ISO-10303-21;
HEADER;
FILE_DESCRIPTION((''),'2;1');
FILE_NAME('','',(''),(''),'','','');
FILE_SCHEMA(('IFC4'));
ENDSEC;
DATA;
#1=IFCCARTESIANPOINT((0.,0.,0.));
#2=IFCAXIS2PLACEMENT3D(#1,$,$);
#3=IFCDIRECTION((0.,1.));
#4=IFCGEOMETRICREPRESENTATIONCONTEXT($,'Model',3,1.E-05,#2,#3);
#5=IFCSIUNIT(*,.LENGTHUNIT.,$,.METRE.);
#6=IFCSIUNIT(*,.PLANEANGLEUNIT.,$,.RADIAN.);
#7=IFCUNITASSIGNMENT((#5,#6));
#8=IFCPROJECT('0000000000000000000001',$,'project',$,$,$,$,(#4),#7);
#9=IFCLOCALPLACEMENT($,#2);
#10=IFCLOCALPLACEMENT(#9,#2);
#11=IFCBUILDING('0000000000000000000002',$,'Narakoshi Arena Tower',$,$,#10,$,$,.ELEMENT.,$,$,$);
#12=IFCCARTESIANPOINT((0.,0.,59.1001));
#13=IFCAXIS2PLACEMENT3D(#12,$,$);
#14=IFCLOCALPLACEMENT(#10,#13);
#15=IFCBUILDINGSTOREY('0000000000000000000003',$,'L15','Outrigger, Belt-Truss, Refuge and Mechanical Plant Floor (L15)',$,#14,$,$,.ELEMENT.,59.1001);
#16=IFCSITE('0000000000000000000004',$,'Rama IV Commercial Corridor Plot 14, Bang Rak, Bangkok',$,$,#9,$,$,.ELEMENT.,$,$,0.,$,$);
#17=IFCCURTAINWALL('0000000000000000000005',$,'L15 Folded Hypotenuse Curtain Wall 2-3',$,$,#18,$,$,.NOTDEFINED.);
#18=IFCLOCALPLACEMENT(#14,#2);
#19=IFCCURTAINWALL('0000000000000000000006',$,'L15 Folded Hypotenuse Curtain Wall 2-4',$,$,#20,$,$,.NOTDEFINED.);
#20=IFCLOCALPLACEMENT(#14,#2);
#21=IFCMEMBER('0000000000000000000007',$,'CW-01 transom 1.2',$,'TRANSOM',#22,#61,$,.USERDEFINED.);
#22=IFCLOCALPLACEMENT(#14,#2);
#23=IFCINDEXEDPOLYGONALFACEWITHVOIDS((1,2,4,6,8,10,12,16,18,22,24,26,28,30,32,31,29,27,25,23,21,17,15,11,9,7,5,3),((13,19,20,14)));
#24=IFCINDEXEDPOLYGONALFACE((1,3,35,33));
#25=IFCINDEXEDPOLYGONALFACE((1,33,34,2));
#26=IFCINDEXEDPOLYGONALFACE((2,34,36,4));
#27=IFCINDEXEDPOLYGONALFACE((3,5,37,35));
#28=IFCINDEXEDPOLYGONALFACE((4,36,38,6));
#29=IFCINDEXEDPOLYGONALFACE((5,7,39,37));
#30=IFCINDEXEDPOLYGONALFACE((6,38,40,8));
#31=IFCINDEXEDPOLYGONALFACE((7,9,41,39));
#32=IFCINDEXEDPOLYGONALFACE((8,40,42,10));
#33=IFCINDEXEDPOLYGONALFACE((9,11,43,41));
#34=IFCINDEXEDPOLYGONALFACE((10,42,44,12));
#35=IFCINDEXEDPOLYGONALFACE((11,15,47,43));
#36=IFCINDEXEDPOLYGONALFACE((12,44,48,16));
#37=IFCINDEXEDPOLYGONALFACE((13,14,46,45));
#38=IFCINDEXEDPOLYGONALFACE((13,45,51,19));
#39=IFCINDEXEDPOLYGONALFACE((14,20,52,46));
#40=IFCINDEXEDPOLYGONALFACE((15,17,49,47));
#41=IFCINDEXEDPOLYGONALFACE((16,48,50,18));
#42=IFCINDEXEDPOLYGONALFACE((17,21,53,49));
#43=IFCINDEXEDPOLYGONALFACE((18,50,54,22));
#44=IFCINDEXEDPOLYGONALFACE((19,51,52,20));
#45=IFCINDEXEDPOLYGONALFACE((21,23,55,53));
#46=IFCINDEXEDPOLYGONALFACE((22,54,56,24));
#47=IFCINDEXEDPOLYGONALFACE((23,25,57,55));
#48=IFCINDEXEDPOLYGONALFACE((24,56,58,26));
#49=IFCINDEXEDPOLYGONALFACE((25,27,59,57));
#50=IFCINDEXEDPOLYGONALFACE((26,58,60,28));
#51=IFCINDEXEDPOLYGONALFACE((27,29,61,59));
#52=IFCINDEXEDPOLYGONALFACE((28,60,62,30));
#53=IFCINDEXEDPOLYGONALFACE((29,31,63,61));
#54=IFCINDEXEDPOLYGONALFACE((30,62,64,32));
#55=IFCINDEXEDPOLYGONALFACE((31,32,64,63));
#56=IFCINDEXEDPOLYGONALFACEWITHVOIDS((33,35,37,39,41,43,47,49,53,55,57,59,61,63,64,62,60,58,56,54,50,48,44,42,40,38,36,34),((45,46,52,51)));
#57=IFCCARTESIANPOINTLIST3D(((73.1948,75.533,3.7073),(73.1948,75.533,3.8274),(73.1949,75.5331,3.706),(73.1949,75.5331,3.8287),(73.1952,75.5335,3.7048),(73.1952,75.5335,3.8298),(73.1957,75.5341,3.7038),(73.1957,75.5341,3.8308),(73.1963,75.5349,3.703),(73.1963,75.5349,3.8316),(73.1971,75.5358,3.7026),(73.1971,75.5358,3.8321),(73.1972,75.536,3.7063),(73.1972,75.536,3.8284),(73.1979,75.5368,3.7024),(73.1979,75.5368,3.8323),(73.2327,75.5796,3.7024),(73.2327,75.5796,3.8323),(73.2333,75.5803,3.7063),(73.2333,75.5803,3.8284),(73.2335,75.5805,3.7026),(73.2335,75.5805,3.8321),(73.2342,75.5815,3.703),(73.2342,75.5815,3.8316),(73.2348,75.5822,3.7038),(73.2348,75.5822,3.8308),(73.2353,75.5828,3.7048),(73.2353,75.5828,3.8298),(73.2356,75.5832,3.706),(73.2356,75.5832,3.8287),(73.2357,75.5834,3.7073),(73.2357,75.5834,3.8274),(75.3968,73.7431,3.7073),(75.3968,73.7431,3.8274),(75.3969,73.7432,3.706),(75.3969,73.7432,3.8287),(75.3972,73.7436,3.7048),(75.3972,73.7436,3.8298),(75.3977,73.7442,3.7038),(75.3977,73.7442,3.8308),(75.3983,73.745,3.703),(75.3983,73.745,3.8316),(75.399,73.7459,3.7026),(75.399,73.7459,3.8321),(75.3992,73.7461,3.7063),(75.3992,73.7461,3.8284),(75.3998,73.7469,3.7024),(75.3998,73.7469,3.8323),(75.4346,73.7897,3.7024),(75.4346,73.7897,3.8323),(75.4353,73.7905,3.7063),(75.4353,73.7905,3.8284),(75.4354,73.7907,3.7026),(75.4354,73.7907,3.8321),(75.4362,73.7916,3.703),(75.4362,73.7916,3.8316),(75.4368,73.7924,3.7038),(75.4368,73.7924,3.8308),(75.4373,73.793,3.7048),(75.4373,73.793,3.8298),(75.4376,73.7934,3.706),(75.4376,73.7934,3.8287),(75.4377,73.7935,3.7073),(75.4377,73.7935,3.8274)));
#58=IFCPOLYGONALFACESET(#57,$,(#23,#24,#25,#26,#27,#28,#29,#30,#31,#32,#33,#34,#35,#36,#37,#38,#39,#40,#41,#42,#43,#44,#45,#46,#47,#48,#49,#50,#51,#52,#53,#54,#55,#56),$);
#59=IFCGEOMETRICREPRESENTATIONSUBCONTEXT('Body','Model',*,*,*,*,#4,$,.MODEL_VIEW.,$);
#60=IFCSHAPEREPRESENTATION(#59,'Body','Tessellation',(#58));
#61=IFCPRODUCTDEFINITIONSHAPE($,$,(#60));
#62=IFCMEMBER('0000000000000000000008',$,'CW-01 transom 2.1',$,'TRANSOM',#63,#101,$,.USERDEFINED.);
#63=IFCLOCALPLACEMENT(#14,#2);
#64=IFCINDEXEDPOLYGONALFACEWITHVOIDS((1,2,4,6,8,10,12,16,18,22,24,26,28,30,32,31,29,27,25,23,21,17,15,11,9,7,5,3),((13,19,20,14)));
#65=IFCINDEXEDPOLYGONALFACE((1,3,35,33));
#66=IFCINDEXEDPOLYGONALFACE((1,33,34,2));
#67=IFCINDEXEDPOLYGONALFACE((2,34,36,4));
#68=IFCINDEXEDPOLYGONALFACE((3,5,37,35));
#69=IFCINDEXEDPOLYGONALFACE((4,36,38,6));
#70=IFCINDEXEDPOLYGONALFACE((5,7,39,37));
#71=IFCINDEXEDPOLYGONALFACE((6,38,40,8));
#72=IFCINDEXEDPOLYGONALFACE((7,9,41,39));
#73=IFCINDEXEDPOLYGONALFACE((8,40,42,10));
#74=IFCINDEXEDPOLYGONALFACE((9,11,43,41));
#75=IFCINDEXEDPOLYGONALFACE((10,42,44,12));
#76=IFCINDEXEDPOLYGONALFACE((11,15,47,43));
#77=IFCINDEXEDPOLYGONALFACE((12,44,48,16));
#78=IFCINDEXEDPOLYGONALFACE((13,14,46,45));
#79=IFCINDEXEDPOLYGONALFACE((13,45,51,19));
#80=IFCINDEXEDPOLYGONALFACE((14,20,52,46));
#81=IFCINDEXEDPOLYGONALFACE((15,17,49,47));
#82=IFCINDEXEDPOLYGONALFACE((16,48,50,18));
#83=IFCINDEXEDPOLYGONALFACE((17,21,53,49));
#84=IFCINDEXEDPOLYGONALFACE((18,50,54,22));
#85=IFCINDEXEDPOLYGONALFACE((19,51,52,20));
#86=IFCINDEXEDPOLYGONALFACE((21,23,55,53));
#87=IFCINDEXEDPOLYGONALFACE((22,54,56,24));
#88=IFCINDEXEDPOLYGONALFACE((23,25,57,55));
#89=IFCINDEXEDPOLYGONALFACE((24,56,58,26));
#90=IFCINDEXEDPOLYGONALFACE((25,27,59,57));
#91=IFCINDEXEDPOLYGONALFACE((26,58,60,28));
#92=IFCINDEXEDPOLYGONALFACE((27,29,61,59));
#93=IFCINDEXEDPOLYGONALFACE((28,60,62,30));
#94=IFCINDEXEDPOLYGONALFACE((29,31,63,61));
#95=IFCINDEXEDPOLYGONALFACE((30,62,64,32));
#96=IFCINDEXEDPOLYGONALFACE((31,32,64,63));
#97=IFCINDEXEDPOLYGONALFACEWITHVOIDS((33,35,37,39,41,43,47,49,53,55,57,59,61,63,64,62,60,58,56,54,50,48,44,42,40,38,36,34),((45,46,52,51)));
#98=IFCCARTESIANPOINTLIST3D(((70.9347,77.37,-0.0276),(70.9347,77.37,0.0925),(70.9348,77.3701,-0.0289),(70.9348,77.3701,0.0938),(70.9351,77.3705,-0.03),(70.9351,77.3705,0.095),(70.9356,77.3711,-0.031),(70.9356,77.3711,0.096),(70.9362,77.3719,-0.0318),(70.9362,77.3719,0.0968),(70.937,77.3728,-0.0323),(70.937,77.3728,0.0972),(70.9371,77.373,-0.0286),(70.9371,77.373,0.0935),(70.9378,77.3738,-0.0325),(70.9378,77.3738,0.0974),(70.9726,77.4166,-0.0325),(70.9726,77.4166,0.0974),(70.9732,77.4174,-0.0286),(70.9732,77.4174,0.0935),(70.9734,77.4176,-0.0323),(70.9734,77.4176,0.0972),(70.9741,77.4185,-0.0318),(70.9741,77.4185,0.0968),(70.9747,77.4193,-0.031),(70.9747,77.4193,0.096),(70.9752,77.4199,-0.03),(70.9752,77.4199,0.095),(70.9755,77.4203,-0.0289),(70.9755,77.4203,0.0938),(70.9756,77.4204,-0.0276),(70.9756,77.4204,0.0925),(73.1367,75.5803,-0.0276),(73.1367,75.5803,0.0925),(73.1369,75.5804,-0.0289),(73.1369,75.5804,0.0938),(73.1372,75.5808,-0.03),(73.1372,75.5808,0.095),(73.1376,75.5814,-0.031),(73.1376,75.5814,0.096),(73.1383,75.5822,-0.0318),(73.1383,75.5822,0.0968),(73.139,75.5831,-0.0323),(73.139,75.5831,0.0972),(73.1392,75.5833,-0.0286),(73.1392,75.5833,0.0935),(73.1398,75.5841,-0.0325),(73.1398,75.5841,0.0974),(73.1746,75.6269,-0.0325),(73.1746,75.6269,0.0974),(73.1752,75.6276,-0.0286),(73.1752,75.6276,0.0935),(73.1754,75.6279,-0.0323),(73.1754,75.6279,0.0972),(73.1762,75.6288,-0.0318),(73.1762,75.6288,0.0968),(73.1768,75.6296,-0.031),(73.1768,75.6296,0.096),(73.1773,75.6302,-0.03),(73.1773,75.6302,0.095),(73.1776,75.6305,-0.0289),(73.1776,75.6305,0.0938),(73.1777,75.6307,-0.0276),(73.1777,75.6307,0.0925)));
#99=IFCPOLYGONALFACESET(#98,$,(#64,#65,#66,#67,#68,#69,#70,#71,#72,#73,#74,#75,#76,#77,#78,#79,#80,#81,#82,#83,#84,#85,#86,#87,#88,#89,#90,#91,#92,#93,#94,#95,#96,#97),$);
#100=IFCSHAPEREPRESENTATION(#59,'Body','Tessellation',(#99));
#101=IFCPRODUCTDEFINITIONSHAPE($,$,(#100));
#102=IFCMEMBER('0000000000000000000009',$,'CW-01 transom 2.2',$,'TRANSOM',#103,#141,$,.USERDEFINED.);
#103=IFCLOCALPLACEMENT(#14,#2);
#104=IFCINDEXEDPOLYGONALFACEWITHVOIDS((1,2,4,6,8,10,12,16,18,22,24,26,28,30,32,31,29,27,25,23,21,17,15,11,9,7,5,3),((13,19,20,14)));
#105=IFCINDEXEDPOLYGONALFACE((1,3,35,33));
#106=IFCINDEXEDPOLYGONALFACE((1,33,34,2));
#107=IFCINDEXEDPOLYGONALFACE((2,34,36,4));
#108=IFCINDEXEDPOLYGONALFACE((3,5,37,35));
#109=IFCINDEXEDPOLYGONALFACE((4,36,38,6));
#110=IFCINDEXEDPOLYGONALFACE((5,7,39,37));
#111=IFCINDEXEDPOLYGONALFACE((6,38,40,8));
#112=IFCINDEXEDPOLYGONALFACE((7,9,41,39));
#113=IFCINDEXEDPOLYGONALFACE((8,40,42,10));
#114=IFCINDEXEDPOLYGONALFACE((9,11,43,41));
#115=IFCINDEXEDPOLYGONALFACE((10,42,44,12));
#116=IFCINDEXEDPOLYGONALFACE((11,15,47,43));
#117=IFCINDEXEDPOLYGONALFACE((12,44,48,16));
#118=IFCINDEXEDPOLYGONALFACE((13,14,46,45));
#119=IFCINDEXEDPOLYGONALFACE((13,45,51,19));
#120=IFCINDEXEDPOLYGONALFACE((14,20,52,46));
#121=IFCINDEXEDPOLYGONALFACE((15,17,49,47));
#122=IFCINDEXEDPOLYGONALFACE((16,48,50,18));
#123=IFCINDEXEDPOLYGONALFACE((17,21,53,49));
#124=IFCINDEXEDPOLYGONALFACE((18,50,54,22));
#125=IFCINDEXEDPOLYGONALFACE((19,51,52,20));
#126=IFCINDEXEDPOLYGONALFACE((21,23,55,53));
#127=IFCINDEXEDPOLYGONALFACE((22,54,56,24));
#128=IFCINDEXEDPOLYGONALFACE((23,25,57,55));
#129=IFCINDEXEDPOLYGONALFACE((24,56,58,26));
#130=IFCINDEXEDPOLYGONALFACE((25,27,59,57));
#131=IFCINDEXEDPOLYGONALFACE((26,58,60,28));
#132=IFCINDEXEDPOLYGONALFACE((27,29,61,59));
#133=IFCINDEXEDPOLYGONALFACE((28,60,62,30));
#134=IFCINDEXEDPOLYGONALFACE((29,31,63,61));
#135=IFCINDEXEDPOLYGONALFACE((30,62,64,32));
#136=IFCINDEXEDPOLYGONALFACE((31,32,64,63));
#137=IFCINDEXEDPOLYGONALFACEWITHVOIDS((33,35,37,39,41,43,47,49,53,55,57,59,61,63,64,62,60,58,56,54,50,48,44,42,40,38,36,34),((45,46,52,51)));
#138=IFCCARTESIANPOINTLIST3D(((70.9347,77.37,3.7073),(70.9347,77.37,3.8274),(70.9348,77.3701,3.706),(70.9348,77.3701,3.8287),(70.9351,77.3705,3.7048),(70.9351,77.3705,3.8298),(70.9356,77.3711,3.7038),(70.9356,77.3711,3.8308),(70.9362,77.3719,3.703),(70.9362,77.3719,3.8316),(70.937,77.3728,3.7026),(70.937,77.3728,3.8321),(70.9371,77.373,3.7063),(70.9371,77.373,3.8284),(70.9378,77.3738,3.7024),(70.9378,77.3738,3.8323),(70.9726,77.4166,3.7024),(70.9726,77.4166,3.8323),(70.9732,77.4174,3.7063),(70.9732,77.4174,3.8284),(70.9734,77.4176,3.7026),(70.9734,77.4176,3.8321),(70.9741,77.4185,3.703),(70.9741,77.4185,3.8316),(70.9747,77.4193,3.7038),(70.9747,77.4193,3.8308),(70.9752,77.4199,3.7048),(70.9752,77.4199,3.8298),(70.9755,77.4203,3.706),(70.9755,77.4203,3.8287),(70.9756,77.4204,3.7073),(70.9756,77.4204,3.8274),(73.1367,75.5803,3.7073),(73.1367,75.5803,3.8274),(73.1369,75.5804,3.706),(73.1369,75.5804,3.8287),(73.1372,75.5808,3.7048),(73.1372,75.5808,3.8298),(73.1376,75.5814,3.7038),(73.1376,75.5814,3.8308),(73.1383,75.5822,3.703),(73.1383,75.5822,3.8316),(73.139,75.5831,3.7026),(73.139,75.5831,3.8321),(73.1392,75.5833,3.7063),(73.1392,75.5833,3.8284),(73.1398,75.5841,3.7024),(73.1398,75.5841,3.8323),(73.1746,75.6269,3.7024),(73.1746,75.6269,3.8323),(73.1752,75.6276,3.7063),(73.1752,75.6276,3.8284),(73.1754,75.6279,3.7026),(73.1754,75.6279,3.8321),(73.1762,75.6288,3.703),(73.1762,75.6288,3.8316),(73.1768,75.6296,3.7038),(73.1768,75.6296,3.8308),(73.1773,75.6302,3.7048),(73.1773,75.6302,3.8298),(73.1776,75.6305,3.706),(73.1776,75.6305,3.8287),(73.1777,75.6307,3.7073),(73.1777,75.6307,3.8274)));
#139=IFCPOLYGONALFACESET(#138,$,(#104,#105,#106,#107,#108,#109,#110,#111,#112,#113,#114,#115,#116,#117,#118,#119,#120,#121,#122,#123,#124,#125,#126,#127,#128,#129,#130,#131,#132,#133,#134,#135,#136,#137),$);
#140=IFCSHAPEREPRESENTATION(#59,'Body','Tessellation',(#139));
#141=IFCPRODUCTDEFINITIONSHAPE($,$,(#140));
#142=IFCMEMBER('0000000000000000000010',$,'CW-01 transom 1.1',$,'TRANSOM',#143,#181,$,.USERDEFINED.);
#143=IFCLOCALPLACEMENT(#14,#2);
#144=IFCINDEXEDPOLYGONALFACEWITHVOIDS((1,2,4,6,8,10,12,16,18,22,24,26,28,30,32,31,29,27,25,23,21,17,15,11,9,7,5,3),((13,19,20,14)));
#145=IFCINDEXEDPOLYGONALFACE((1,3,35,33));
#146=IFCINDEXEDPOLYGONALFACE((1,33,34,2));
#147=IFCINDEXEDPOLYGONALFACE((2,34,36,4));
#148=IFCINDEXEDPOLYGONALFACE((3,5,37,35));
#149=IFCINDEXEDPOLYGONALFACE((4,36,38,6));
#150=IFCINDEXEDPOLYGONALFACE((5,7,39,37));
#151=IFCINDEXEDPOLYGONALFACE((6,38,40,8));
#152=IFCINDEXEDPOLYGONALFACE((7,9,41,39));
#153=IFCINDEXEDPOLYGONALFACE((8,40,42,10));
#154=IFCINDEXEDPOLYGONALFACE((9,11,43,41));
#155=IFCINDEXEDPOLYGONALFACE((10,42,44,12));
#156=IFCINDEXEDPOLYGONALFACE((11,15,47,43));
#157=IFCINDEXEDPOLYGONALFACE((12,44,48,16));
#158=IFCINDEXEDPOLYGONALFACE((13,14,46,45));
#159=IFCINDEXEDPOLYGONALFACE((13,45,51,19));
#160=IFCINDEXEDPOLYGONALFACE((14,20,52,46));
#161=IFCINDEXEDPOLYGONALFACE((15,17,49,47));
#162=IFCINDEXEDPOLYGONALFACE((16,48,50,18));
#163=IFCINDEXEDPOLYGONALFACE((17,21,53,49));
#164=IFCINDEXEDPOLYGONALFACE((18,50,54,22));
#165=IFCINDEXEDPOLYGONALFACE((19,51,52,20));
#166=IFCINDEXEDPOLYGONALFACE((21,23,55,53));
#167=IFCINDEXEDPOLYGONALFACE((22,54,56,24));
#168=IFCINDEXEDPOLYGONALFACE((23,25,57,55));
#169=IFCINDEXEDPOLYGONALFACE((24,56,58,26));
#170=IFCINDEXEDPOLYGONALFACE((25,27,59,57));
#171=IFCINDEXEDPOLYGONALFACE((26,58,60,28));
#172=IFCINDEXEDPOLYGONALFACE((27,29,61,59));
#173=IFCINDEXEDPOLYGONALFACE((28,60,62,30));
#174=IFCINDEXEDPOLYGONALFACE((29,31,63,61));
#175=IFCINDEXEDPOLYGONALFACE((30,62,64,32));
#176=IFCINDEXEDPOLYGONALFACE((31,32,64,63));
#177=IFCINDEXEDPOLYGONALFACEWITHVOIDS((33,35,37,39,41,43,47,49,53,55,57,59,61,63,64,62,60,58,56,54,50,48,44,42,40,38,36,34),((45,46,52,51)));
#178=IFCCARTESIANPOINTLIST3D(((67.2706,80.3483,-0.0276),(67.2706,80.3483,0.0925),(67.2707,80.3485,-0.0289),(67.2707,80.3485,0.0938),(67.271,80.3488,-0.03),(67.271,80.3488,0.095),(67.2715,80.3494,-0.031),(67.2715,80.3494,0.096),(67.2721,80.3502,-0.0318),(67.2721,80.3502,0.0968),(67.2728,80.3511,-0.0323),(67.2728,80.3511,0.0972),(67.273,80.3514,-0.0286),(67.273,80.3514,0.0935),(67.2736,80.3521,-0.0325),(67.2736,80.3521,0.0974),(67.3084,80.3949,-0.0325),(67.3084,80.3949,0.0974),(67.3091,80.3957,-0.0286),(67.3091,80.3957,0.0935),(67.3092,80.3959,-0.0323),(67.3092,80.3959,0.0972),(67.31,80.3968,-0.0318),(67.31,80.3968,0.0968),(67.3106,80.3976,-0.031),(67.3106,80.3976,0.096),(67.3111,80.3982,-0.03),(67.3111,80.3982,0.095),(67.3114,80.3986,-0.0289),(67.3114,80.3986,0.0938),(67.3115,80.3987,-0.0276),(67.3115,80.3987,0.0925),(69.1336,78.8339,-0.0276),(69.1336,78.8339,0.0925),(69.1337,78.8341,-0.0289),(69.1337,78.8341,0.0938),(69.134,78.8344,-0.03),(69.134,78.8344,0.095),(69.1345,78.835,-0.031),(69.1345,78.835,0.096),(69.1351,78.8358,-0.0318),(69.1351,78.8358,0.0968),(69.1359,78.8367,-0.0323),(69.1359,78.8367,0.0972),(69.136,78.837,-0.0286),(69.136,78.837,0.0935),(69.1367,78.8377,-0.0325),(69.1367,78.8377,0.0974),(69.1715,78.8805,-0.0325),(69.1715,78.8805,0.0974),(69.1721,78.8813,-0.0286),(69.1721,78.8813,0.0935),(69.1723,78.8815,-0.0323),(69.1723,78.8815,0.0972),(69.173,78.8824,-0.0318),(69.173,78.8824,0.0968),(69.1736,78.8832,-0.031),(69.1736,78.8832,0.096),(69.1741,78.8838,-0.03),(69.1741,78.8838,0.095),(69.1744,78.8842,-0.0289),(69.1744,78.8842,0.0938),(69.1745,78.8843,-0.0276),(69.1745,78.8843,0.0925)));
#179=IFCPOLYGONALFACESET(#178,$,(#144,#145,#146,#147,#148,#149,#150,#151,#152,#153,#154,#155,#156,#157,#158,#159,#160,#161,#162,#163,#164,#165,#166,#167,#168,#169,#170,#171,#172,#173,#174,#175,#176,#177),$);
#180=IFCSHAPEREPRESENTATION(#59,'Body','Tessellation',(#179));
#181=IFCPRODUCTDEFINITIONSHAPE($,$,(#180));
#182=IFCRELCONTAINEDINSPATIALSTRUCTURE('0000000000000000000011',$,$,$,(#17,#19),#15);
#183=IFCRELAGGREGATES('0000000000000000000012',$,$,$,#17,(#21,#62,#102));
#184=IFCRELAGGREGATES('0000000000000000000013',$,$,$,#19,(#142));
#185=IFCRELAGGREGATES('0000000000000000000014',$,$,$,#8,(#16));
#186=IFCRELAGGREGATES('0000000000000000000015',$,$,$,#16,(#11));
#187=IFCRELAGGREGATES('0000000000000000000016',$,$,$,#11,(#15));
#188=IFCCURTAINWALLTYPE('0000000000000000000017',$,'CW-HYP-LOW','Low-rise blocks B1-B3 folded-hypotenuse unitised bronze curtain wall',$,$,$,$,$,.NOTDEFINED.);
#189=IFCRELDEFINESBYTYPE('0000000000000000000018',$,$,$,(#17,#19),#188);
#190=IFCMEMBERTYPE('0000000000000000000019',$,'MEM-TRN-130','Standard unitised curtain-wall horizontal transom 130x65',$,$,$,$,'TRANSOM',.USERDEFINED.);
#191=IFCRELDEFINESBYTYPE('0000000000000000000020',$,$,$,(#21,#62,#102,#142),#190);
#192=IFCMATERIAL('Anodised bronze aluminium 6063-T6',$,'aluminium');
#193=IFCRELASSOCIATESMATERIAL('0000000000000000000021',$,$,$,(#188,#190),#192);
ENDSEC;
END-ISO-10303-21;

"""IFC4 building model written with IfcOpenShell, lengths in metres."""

from ifc_helpers import new_model, si_unit, direction, frame, origin, origin_2d, place, context, subcontext, project, spatial, hollow_rectangle, extrude, material, material_profile, profile_set, type_object, element, aggregate, save


model = new_model("IFC4")

# Units and contexts
model_context = context("Model", 3, precision=1e-05, world=origin(), true_north=direction((0.0, 1.0)))
body_context = subcontext(model_context, "Body", "Model", "MODEL_VIEW")
ifc_project = project(units=[si_unit("LENGTHUNIT", "METRE"), si_unit("PLANEANGLEUNIT", "RADIAN")], contexts=[model_context])

# Site, building, storey
site_placement = place(None, origin())
site = spatial("IfcSite", under=ifc_project, at=site_placement, Name="Rama IV Commercial Corridor Plot 14, Bang Rak, Bangkok", CompositionType="ELEMENT", RefElevation=0.0)
building_placement = place(site_placement, origin())
building = spatial("IfcBuilding", under=site, at=building_placement, Name="Narakoshi Arena Tower", CompositionType="ELEMENT")
storey_placement = place(building_placement, frame((0.0, 0.0, 59.1001)))
storey = spatial("IfcBuildingStorey", under=building, at=storey_placement, Name="L15", Description="Outrigger, Belt-Truss, Refuge and Mechanical Plant Floor (L15)", CompositionType="ELEMENT", Elevation=59.1001)

# Shared definitions
ifc_material_1 = material(Name="Anodised bronze aluminium 6063-T6", Category="aluminium")
curtain_wall_type = type_object("IfcCurtainWallType", Name="CW-HYP-LOW", Description="Low-rise blocks B1-B3 folded-hypotenuse unitised bronze curtain wall", PredefinedType="NOTDEFINED", material=ifc_material_1)

# Curtain walls
curtain_wall_1_placement = place(storey_placement, origin())
curtain_wall_1 = element("IfcCurtainWall", 1, at=curtain_wall_1_placement, inside=storey, type_object=curtain_wall_type, Name="L15 Folded Hypotenuse Curtain Wall 2-3", PredefinedType="NOTDEFINED")
curtain_wall_2_placement = place(storey_placement, origin())
curtain_wall_2 = element("IfcCurtainWall", 2, at=curtain_wall_2_placement, inside=storey, type_object=curtain_wall_type, Name="L15 Folded Hypotenuse Curtain Wall 2-4", PredefinedType="NOTDEFINED")

# Members
ifc_material_profile_1 = material_profile(ifc_material_1, hollow_rectangle(XDim=0.0649, YDim=0.1299, WallThickness=0.0039, OuterFilletRadius=0.0049, at=origin_2d()), Name="TRN130x65x4")
ifc_profile_set_1 = profile_set([ifc_material_profile_1], Name="Anodised bronze aluminium 6063-T6")
member_type_1 = type_object("IfcMemberType", Name="MEM-TRN-130", Description="Standard unitised curtain-wall horizontal transom 130x65", ElementType="TRANSOM", PredefinedType="USERDEFINED", material=ifc_profile_set_1)
member_1_placement = place(storey_placement, frame((75.4172, 73.7683, 3.7673), z_axis=(-0.775985, 0.630751, 0.0), x_axis=(-0.630751, -0.775985, 0.0)))
member_1 = element("IfcMember", 3, at=member_1_placement, type_object=member_type_1, Name="CW-01 transom 1.2", ObjectType="TRANSOM", PredefinedType="USERDEFINED", context=body_context, shape_type="SweptSolid", body=[
    extrude(hollow_rectangle(XDim=0.0649, YDim=0.1299, WallThickness=0.0039, OuterFilletRadius=0.0049, at=origin_2d()), origin(), (0.0, 0.0, 1.0), 2.8376),
])
member_2_placement = place(storey_placement, frame((73.1572, 75.6055, 0.0325), z_axis=(-0.776019, 0.630709, 0.0), x_axis=(-0.630709, -0.776019, 0.0)))
member_2 = element("IfcMember", 4, at=member_2_placement, type_object=member_type_1, Name="CW-01 transom 2.1", ObjectType="TRANSOM", PredefinedType="USERDEFINED", context=body_context, shape_type="SweptSolid", body=[
    extrude(hollow_rectangle(XDim=0.0649, YDim=0.1299, WallThickness=0.0039, OuterFilletRadius=0.0049, at=origin_2d()), origin(), (0.0, 0.0, 1.0), 2.8376),
])
member_3_placement = place(storey_placement, frame((73.1572, 75.6055, 3.7673), z_axis=(-0.776019, 0.630709, 0.0), x_axis=(-0.630709, -0.776019, 0.0)))
member_3 = element("IfcMember", 5, at=member_3_placement, type_object=member_type_1, Name="CW-01 transom 2.2", ObjectType="TRANSOM", PredefinedType="USERDEFINED", context=body_context, shape_type="SweptSolid", body=[
    extrude(hollow_rectangle(XDim=0.0649, YDim=0.1299, WallThickness=0.0039, OuterFilletRadius=0.0049, at=origin_2d()), origin(), (0.0, 0.0, 1.0), 2.8376),
])
member_4_placement = place(storey_placement, frame((69.1541, 78.8591, 0.0325), z_axis=(-0.775974, 0.630765, 0.0), x_axis=(-0.630765, -0.775974, 0.0)))
member_4 = element("IfcMember", 6, at=member_4_placement, type_object=member_type_1, Name="CW-01 transom 1.1", ObjectType="TRANSOM", PredefinedType="USERDEFINED", context=body_context, shape_type="SweptSolid", body=[
    extrude(hollow_rectangle(XDim=0.0649, YDim=0.1299, WallThickness=0.0039, OuterFilletRadius=0.0049, at=origin_2d()), origin(), (0.0, 0.0, 1.0), 2.4009),
])

aggregate(curtain_wall_1, [member_1, member_2, member_3])
aggregate(curtain_wall_2, [member_4])

save(model, "model.ifc")
